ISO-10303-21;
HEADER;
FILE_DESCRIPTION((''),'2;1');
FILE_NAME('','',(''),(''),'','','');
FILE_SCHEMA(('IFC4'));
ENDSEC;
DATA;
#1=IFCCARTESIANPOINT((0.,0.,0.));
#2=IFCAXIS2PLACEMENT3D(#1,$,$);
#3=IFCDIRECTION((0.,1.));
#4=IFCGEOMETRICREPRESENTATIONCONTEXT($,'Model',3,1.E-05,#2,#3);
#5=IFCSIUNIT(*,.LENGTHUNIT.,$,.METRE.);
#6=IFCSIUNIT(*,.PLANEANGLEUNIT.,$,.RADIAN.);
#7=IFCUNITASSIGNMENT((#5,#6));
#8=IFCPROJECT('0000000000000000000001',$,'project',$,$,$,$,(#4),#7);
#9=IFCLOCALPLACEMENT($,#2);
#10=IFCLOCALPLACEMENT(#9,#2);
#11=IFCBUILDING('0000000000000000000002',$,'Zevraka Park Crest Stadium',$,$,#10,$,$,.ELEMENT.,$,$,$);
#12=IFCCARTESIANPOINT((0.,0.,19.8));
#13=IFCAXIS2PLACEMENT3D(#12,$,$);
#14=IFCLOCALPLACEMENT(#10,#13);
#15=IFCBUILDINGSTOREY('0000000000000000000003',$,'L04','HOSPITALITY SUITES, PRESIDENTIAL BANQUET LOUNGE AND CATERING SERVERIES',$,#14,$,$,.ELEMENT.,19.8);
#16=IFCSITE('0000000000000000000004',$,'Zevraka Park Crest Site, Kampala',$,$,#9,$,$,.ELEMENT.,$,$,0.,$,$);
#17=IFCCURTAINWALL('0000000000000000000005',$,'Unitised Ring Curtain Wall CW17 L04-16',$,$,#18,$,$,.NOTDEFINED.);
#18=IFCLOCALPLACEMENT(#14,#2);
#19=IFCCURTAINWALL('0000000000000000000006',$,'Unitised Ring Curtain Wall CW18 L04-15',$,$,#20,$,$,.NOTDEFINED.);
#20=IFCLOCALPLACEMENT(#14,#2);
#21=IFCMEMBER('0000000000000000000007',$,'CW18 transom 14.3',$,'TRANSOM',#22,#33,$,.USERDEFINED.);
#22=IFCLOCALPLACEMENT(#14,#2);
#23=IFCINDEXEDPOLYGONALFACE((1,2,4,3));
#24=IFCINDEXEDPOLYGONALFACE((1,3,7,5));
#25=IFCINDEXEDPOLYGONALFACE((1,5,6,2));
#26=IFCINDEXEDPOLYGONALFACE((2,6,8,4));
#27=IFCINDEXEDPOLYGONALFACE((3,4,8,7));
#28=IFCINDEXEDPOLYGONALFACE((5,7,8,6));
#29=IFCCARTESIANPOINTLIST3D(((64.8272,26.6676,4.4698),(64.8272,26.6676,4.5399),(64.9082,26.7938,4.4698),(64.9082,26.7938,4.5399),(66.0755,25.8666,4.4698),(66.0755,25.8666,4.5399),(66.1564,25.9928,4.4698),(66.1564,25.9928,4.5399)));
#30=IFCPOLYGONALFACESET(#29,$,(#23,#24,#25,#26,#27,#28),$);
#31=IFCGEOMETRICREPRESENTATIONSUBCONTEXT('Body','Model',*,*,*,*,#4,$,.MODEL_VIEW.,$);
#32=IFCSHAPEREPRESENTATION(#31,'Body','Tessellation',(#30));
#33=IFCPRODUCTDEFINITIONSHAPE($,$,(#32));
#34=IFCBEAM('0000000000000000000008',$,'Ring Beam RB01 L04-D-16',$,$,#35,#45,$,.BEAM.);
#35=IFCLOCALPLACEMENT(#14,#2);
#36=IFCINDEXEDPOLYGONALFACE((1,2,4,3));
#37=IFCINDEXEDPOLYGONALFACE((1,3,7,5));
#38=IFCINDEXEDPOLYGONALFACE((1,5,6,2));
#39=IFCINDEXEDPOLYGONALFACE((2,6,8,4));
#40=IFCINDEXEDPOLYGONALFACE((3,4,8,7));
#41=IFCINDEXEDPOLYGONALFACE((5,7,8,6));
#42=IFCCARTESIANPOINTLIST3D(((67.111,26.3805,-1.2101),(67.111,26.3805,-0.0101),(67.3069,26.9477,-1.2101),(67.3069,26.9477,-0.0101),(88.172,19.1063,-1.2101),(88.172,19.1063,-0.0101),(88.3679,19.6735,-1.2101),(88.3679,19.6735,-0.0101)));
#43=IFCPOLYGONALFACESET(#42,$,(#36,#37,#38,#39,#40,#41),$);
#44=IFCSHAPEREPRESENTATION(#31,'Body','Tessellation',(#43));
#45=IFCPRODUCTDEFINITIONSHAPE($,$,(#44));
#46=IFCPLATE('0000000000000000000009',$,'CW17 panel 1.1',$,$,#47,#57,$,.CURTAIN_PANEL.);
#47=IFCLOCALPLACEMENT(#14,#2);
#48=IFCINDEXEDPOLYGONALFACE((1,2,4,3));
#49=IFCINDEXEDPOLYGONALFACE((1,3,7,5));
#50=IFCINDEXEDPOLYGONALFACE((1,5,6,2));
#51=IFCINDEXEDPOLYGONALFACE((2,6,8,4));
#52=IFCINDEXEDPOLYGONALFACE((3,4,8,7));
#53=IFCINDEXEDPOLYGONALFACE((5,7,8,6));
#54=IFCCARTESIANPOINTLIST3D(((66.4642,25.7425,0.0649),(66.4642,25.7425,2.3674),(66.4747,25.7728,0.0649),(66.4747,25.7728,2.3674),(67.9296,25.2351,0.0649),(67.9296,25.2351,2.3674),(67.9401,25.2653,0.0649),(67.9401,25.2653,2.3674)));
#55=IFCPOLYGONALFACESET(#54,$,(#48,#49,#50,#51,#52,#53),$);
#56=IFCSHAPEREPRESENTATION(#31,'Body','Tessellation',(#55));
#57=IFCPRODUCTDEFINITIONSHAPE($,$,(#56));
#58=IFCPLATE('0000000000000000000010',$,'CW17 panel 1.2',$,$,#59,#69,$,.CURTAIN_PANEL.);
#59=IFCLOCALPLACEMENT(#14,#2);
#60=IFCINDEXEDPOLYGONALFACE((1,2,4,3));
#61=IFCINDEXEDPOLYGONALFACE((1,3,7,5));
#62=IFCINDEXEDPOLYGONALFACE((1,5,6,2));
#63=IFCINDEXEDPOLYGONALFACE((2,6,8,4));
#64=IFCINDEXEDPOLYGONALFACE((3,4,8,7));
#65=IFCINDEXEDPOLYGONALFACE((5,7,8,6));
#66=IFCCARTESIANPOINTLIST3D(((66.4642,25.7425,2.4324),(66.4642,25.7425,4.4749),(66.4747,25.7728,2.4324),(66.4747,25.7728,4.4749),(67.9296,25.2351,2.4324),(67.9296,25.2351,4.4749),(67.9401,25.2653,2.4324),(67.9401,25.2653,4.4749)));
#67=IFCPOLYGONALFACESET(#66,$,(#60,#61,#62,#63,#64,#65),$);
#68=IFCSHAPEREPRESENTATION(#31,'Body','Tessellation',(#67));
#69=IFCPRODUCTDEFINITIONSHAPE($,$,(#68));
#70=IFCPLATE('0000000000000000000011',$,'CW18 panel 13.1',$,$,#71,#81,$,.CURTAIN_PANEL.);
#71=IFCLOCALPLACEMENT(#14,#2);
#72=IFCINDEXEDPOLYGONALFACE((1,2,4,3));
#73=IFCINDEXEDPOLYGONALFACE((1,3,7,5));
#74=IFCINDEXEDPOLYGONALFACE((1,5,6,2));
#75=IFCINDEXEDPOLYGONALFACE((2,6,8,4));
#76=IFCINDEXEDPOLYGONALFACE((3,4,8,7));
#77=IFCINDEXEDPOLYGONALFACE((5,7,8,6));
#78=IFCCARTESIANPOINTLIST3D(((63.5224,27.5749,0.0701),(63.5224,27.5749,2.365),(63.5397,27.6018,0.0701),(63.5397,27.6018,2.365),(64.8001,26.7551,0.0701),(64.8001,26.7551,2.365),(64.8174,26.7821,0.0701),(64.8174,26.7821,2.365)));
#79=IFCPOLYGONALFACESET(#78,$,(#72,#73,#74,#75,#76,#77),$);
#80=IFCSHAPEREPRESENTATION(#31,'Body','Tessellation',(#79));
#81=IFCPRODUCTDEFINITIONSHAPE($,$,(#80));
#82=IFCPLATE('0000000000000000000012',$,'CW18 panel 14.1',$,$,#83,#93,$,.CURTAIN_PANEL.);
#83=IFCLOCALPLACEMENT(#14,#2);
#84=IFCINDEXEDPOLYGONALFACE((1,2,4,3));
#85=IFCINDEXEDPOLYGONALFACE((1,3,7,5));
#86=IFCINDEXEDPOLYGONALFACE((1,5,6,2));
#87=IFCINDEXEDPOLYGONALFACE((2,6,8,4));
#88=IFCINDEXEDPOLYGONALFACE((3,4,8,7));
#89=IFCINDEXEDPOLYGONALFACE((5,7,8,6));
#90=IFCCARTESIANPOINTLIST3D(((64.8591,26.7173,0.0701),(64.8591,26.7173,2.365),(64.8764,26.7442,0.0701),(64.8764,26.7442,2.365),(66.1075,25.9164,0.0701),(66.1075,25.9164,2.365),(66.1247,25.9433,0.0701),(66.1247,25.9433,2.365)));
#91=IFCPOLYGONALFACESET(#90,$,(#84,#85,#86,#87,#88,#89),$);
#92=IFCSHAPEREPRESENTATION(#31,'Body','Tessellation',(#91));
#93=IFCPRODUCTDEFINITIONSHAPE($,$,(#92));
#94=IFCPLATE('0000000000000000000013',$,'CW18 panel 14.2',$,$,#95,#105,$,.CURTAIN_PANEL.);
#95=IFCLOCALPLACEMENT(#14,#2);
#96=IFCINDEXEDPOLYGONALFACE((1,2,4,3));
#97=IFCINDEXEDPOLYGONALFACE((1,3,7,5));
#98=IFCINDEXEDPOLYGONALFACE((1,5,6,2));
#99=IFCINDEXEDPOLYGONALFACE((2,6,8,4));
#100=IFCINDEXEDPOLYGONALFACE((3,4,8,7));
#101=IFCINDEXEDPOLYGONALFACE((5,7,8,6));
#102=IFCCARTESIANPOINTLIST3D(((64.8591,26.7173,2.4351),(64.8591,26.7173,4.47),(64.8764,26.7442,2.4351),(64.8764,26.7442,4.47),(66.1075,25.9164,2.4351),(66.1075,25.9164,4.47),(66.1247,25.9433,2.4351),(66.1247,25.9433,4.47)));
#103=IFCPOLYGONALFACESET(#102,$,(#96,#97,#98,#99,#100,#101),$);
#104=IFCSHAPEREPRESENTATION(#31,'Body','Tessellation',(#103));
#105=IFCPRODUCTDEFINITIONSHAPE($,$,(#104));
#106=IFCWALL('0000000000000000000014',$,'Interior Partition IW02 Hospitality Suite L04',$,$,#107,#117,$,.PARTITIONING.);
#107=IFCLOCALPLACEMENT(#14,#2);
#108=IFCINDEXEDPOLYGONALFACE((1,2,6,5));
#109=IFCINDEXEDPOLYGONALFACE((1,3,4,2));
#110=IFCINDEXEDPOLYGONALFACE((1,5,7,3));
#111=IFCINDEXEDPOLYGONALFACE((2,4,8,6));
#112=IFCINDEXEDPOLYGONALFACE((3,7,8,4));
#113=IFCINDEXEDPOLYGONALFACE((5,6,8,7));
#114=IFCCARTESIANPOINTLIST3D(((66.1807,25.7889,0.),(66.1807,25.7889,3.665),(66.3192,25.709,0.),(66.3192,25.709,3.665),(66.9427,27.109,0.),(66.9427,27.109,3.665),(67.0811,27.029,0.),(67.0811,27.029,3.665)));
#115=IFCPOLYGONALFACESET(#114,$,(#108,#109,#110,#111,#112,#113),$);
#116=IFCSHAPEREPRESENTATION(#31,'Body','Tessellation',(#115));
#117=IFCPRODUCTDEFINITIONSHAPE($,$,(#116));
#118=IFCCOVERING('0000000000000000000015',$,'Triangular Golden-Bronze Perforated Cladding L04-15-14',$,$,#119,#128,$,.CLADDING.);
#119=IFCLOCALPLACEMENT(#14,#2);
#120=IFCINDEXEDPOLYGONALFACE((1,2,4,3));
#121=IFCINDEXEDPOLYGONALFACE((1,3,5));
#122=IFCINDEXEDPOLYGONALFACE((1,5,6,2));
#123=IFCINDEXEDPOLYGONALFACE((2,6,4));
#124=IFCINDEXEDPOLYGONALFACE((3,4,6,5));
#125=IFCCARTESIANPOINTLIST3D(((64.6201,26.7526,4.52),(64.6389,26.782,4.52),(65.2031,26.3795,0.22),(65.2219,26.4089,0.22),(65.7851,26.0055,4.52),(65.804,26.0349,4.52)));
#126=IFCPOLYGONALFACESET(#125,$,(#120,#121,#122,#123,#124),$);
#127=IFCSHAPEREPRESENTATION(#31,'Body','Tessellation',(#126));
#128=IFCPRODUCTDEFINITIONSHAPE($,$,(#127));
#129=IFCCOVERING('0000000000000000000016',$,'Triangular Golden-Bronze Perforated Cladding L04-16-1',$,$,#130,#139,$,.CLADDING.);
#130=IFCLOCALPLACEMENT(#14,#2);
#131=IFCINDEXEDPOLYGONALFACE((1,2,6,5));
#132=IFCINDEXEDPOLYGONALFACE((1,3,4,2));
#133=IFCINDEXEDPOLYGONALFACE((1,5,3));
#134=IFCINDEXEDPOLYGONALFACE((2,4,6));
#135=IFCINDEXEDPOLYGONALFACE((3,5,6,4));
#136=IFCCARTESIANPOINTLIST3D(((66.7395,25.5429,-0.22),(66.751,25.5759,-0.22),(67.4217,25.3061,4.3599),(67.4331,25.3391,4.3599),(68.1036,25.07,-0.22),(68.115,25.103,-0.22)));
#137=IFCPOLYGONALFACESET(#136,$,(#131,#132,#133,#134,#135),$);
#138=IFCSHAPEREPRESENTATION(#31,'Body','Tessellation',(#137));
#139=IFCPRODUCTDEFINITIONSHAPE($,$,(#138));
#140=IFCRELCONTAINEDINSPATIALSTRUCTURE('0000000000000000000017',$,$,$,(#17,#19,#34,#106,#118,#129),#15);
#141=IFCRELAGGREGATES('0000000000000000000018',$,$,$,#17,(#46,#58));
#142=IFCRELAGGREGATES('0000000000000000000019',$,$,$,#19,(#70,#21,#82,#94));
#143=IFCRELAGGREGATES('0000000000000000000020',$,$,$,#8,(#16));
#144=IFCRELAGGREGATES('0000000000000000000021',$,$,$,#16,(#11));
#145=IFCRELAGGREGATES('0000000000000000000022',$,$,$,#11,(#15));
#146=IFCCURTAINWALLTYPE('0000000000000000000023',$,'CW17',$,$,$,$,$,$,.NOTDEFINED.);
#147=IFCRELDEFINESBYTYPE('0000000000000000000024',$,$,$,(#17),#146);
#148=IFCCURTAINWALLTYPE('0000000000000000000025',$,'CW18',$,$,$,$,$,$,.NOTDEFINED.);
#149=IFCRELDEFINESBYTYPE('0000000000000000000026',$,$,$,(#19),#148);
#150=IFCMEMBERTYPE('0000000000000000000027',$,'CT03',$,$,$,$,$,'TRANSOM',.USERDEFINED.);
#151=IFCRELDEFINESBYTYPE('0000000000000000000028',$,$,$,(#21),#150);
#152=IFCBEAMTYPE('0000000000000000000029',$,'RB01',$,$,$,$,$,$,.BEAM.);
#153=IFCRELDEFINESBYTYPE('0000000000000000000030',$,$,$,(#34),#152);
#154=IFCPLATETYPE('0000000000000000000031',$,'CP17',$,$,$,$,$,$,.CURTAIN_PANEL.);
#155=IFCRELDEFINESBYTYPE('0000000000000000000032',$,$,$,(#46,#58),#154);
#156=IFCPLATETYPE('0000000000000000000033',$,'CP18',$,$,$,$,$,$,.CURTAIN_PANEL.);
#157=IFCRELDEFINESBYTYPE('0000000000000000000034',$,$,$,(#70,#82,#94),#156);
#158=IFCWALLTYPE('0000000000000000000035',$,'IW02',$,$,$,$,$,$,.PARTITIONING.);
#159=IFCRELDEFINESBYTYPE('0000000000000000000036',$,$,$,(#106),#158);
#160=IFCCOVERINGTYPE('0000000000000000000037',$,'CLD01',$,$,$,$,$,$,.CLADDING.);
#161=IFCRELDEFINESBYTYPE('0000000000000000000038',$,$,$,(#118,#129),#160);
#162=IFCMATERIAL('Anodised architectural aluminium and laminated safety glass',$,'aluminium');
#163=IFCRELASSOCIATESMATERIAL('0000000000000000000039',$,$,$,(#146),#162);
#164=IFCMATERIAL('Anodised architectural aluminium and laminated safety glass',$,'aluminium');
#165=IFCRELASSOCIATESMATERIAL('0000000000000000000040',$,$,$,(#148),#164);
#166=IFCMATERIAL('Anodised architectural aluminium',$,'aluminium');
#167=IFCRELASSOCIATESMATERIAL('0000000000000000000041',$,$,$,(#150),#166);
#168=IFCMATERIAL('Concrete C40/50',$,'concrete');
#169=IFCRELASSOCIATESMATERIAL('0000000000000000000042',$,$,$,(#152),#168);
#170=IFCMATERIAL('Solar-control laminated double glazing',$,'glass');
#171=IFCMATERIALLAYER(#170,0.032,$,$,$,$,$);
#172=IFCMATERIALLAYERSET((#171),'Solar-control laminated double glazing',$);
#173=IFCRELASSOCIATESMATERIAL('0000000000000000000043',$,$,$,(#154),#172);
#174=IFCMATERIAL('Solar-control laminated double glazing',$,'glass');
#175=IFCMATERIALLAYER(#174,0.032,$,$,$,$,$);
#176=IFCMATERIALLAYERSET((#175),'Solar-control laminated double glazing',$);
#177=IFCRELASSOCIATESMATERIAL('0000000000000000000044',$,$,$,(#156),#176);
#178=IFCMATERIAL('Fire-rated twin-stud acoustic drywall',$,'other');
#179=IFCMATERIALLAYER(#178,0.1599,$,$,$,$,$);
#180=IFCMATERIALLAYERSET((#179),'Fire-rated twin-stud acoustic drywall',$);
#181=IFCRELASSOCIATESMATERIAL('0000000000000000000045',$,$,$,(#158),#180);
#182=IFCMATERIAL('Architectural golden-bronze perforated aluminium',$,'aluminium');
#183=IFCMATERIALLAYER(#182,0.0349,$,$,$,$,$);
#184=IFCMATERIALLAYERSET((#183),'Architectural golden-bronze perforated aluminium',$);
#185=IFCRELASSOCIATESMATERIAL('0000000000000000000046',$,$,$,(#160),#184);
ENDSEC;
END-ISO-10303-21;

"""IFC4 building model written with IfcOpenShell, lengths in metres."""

from ifc_helpers import new_model, si_unit, direction, frame, frame_2d, origin, origin_2d, place, context, subcontext, project, spatial, polyline, rectangle, outline, extrude, material, layer, layer_set, material_profile, profile_set, type_object, element, aggregate, save


model = new_model("IFC4")

# Units and contexts
model_context = context("Model", 3, precision=1e-05, world=origin(), true_north=direction((0.0, 1.0)))
body_context = subcontext(model_context, "Body", "Model", "MODEL_VIEW")
ifc_project = project(units=[si_unit("LENGTHUNIT", "METRE"), si_unit("PLANEANGLEUNIT", "RADIAN")], contexts=[model_context])

# Site, building, storey
site_placement = place(None, origin())
site = spatial("IfcSite", under=ifc_project, at=site_placement, Name="Zevraka Park Crest Site, Kampala", CompositionType="ELEMENT", RefElevation=0.0)
building_placement = place(site_placement, origin())
building = spatial("IfcBuilding", under=site, at=building_placement, Name="Zevraka Park Crest Stadium", CompositionType="ELEMENT")
storey_placement = place(building_placement, frame((0.0, 0.0, 19.8)))
storey = spatial("IfcBuildingStorey", under=building, at=storey_placement, Name="L04", Description="HOSPITALITY SUITES, PRESIDENTIAL BANQUET LOUNGE AND CATERING SERVERIES", CompositionType="ELEMENT", Elevation=19.8)

# Curtain walls
ifc_material_1 = material(Name="Anodised architectural aluminium and laminated safety glass", Category="aluminium")
curtain_wall_type_1 = type_object("IfcCurtainWallType", Name="CW17", PredefinedType="NOTDEFINED", material=ifc_material_1)
curtain_wall_1_placement = place(storey_placement, origin())
curtain_wall_1 = element("IfcCurtainWall", 1, at=curtain_wall_1_placement, inside=storey, type_object=curtain_wall_type_1, Name="Unitised Ring Curtain Wall CW17 L04-16", PredefinedType="NOTDEFINED")
ifc_material_2 = material(Name="Anodised architectural aluminium and laminated safety glass", Category="aluminium")
curtain_wall_type_2 = type_object("IfcCurtainWallType", Name="CW18", PredefinedType="NOTDEFINED", material=ifc_material_2)
curtain_wall_2_placement = place(storey_placement, origin())
curtain_wall_2 = element("IfcCurtainWall", 2, at=curtain_wall_2_placement, inside=storey, type_object=curtain_wall_type_2, Name="Unitised Ring Curtain Wall CW18 L04-15", PredefinedType="NOTDEFINED")

# Member
ifc_material_3 = material(Name="Anodised architectural aluminium", Category="aluminium")
ifc_material_profile_1 = material_profile(ifc_material_3, rectangle(XDim=0.1499, YDim=0.0701, at=origin_2d()), Name="ALU TRANSOM 150x70")
ifc_profile_set_1 = profile_set([ifc_material_profile_1], Name="Anodised architectural aluminium")
member_type_1 = type_object("IfcMemberType", Name="CT03", ElementType="TRANSOM", PredefinedType="USERDEFINED", material=ifc_profile_set_1)
member_1_placement = place(storey_placement, frame((64.8677, 26.7307, 4.5049), z_axis=(0.841622, -0.540067, 0.0), x_axis=(0.540067, 0.841622, 0.0)))
member_1 = element("IfcMember", 3, at=member_1_placement, type_object=member_type_1, Name="CW18 transom 14.3", ObjectType="TRANSOM", PredefinedType="USERDEFINED", context=body_context, shape_type="SweptSolid", body=[
    extrude(rectangle(XDim=0.1499, YDim=0.0701, at=origin_2d()), origin(), (0.0, 0.0, 1.0), 1.4832),
])

# Beam
ifc_material_4 = material(Name="Concrete C40/50", Category="concrete")
ifc_material_profile_2 = material_profile(ifc_material_4, rectangle(XDim=0.6001, YDim=1.2, at=origin_2d()), Name="RC 1200x600")
ifc_profile_set_2 = profile_set([ifc_material_profile_2], Name="Concrete C40/50")
beam_type = type_object("IfcBeamType", Name="RB01", PredefinedType="BEAM", material=ifc_profile_set_2)
beam_placement = place(storey_placement, frame((67.209, 26.6641, -0.6101), z_axis=(0.94521, -0.326462, 0.0), x_axis=(0.326462, 0.94521, 0.0)))
element("IfcBeam", 4, at=beam_placement, inside=storey, type_object=beam_type, Name="Ring Beam RB01 L04-D-16", PredefinedType="BEAM", context=body_context, shape_type="SweptSolid", body=[
    extrude(rectangle(XDim=0.6001, YDim=1.2, at=origin_2d()), origin(), (0.0, 0.0, 1.0), 22.2817),
])

# Plates
ifc_material_5 = material(Name="Solar-control laminated double glazing", Category="glass")
ifc_layer_1 = layer(ifc_material_5, 0.032)
ifc_layer_set_1 = layer_set([ifc_layer_1], Name="Solar-control laminated double glazing")
plate_type_1 = type_object("IfcPlateType", Name="CP17", PredefinedType="CURTAIN_PANEL", material=ifc_layer_set_1)
plate_1_placement = place(storey_placement, frame((67.2021, 25.5039, 0.0649), z_axis=(0.0, 0.0, 1.0), x_axis=(0.94494, -0.327245, 0.0)))
plate_1 = element("IfcPlate", 5, at=plate_1_placement, type_object=plate_type_1, Name="CW17 panel 1.1", PredefinedType="CURTAIN_PANEL", context=body_context, shape_type="SweptSolid", body=[
    extrude(rectangle(XDim=1.5508, YDim=0.032, at=origin_2d()), origin(), (0.0, 0.0, 1.0), 2.3025),
])
plate_2_placement = place(storey_placement, frame((67.2021, 25.5039, 2.4324), z_axis=(0.0, 0.0, 1.0), x_axis=(0.94494, -0.327245, 0.0)))
plate_2 = element("IfcPlate", 6, at=plate_2_placement, type_object=plate_type_1, Name="CW17 panel 1.2", PredefinedType="CURTAIN_PANEL", context=body_context, shape_type="SweptSolid", body=[
    extrude(rectangle(XDim=1.5508, YDim=0.032, at=origin_2d()), origin(), (0.0, 0.0, 1.0), 2.0425),
])
aggregate(curtain_wall_1, [plate_1, plate_2])
ifc_material_6 = material(Name="Solar-control laminated double glazing", Category="glass")
ifc_layer_2 = layer(ifc_material_6, 0.032)
ifc_layer_set_2 = layer_set([ifc_layer_2], Name="Solar-control laminated double glazing")
plate_type_2 = type_object("IfcPlateType", Name="CP18", PredefinedType="CURTAIN_PANEL", material=ifc_layer_set_2)
plate_3_placement = place(storey_placement, frame((64.1699, 27.1785, 0.0701), z_axis=(0.0, 0.0, 1.0), x_axis=(0.841678, -0.53998, 0.0)))
plate_3 = element("IfcPlate", 7, at=plate_3_placement, type_object=plate_type_2, Name="CW18 panel 13.1", PredefinedType="CURTAIN_PANEL", context=body_context, shape_type="SweptSolid", body=[
    extrude(rectangle(XDim=1.5181, YDim=0.032, at=origin_2d()), origin(), (0.0, 0.0, 1.0), 2.2949),
])
plate_4_placement = place(storey_placement, frame((65.4919, 26.3303, 0.0701), z_axis=(0.0, 0.0, 1.0), x_axis=(0.841678, -0.53998, 0.0)))
plate_4 = element("IfcPlate", 8, at=plate_4_placement, type_object=plate_type_2, Name="CW18 panel 14.1", PredefinedType="CURTAIN_PANEL", context=body_context, shape_type="SweptSolid", body=[
    extrude(rectangle(XDim=1.4832, YDim=0.032, at=origin_2d()), origin(), (0.0, 0.0, 1.0), 2.2949),
])
plate_5_placement = place(storey_placement, frame((65.4919, 26.3303, 2.4351), z_axis=(0.0, 0.0, 1.0), x_axis=(0.841678, -0.53998, 0.0)))
plate_5 = element("IfcPlate", 9, at=plate_5_placement, type_object=plate_type_2, Name="CW18 panel 14.2", PredefinedType="CURTAIN_PANEL", context=body_context, shape_type="SweptSolid", body=[
    extrude(rectangle(XDim=1.4832, YDim=0.032, at=origin_2d()), origin(), (0.0, 0.0, 1.0), 2.0349),
])
aggregate(curtain_wall_2, [plate_3, member_1, plate_4, plate_5])

# Wall
ifc_material_7 = material(Name="Fire-rated twin-stud acoustic drywall", Category="other")
ifc_layer_3 = layer(ifc_material_7, 0.1599)
ifc_layer_set_3 = layer_set([ifc_layer_3], Name="Fire-rated twin-stud acoustic drywall")
wall_type = type_object("IfcWallType", Name="IW02", PredefinedType="PARTITIONING", material=ifc_layer_set_3)
wall_placement = place(storey_placement, frame((67.012, 27.0691, 0.0), z_axis=(0.0, 0.0, 1.0), x_axis=(-0.499912, -0.866076, 0.0)))
element("IfcWall", 10, at=wall_placement, inside=storey, type_object=wall_type, Name="Interior Partition IW02 Hospitality Suite L04", PredefinedType="PARTITIONING", context=body_context, shape_type="SweptSolid", body=[
    extrude(rectangle(XDim=1.5242, YDim=0.1599, at=frame_2d((0.7622, 0.0))), origin(), (0.0, 0.0, 1.0), 3.665),
])

# Coverings
ifc_material_8 = material(Name="Architectural golden-bronze perforated aluminium", Category="aluminium")
ifc_layer_4 = layer(ifc_material_8, 0.0349)
ifc_layer_set_4 = layer_set([ifc_layer_4], Name="Architectural golden-bronze perforated aluminium")
covering_type = type_object("IfcCoveringType", Name="CLD01", PredefinedType="CLADDING", material=ifc_layer_set_4)
covering_1_placement = place(storey_placement, frame((65.804, 26.0349, 4.52), z_axis=(0.539794, 0.841797, 0.000157), x_axis=(-0.841797, 0.539794, 0.0)))
element("IfcCovering", 11, at=covering_1_placement, inside=storey, type_object=covering_type, Name="Triangular Golden-Bronze Perforated Cladding L04-15-14", PredefinedType="CLADDING", context=body_context, shape_type="SweptSolid", body=[
    extrude(outline(polyline([(0.0, 0.0), (1.384, 0.0), (0.6918, -4.3), (0.0, 0.0)])), origin(), (0.0, 0.0, -1.0), 0.0349),
])
covering_2_placement = place(storey_placement, frame((66.751, 25.5759, -0.22), z_axis=(0.327569, 0.944827, 0.000067), x_axis=(0.944827, -0.327569, 0.0)))
element("IfcCovering", 12, at=covering_2_placement, inside=storey, type_object=covering_type, Name="Triangular Golden-Bronze Perforated Cladding L04-16-1", PredefinedType="CLADDING", context=body_context, shape_type="SweptSolid", body=[
    extrude(outline(polyline([(0.0, 0.0), (1.4437, 0.0), (0.7221, -4.5798), (0.0, 0.0)])), origin(), (0.0, 0.0, -1.0), 0.0349),
])

save(model, "model.ifc")
